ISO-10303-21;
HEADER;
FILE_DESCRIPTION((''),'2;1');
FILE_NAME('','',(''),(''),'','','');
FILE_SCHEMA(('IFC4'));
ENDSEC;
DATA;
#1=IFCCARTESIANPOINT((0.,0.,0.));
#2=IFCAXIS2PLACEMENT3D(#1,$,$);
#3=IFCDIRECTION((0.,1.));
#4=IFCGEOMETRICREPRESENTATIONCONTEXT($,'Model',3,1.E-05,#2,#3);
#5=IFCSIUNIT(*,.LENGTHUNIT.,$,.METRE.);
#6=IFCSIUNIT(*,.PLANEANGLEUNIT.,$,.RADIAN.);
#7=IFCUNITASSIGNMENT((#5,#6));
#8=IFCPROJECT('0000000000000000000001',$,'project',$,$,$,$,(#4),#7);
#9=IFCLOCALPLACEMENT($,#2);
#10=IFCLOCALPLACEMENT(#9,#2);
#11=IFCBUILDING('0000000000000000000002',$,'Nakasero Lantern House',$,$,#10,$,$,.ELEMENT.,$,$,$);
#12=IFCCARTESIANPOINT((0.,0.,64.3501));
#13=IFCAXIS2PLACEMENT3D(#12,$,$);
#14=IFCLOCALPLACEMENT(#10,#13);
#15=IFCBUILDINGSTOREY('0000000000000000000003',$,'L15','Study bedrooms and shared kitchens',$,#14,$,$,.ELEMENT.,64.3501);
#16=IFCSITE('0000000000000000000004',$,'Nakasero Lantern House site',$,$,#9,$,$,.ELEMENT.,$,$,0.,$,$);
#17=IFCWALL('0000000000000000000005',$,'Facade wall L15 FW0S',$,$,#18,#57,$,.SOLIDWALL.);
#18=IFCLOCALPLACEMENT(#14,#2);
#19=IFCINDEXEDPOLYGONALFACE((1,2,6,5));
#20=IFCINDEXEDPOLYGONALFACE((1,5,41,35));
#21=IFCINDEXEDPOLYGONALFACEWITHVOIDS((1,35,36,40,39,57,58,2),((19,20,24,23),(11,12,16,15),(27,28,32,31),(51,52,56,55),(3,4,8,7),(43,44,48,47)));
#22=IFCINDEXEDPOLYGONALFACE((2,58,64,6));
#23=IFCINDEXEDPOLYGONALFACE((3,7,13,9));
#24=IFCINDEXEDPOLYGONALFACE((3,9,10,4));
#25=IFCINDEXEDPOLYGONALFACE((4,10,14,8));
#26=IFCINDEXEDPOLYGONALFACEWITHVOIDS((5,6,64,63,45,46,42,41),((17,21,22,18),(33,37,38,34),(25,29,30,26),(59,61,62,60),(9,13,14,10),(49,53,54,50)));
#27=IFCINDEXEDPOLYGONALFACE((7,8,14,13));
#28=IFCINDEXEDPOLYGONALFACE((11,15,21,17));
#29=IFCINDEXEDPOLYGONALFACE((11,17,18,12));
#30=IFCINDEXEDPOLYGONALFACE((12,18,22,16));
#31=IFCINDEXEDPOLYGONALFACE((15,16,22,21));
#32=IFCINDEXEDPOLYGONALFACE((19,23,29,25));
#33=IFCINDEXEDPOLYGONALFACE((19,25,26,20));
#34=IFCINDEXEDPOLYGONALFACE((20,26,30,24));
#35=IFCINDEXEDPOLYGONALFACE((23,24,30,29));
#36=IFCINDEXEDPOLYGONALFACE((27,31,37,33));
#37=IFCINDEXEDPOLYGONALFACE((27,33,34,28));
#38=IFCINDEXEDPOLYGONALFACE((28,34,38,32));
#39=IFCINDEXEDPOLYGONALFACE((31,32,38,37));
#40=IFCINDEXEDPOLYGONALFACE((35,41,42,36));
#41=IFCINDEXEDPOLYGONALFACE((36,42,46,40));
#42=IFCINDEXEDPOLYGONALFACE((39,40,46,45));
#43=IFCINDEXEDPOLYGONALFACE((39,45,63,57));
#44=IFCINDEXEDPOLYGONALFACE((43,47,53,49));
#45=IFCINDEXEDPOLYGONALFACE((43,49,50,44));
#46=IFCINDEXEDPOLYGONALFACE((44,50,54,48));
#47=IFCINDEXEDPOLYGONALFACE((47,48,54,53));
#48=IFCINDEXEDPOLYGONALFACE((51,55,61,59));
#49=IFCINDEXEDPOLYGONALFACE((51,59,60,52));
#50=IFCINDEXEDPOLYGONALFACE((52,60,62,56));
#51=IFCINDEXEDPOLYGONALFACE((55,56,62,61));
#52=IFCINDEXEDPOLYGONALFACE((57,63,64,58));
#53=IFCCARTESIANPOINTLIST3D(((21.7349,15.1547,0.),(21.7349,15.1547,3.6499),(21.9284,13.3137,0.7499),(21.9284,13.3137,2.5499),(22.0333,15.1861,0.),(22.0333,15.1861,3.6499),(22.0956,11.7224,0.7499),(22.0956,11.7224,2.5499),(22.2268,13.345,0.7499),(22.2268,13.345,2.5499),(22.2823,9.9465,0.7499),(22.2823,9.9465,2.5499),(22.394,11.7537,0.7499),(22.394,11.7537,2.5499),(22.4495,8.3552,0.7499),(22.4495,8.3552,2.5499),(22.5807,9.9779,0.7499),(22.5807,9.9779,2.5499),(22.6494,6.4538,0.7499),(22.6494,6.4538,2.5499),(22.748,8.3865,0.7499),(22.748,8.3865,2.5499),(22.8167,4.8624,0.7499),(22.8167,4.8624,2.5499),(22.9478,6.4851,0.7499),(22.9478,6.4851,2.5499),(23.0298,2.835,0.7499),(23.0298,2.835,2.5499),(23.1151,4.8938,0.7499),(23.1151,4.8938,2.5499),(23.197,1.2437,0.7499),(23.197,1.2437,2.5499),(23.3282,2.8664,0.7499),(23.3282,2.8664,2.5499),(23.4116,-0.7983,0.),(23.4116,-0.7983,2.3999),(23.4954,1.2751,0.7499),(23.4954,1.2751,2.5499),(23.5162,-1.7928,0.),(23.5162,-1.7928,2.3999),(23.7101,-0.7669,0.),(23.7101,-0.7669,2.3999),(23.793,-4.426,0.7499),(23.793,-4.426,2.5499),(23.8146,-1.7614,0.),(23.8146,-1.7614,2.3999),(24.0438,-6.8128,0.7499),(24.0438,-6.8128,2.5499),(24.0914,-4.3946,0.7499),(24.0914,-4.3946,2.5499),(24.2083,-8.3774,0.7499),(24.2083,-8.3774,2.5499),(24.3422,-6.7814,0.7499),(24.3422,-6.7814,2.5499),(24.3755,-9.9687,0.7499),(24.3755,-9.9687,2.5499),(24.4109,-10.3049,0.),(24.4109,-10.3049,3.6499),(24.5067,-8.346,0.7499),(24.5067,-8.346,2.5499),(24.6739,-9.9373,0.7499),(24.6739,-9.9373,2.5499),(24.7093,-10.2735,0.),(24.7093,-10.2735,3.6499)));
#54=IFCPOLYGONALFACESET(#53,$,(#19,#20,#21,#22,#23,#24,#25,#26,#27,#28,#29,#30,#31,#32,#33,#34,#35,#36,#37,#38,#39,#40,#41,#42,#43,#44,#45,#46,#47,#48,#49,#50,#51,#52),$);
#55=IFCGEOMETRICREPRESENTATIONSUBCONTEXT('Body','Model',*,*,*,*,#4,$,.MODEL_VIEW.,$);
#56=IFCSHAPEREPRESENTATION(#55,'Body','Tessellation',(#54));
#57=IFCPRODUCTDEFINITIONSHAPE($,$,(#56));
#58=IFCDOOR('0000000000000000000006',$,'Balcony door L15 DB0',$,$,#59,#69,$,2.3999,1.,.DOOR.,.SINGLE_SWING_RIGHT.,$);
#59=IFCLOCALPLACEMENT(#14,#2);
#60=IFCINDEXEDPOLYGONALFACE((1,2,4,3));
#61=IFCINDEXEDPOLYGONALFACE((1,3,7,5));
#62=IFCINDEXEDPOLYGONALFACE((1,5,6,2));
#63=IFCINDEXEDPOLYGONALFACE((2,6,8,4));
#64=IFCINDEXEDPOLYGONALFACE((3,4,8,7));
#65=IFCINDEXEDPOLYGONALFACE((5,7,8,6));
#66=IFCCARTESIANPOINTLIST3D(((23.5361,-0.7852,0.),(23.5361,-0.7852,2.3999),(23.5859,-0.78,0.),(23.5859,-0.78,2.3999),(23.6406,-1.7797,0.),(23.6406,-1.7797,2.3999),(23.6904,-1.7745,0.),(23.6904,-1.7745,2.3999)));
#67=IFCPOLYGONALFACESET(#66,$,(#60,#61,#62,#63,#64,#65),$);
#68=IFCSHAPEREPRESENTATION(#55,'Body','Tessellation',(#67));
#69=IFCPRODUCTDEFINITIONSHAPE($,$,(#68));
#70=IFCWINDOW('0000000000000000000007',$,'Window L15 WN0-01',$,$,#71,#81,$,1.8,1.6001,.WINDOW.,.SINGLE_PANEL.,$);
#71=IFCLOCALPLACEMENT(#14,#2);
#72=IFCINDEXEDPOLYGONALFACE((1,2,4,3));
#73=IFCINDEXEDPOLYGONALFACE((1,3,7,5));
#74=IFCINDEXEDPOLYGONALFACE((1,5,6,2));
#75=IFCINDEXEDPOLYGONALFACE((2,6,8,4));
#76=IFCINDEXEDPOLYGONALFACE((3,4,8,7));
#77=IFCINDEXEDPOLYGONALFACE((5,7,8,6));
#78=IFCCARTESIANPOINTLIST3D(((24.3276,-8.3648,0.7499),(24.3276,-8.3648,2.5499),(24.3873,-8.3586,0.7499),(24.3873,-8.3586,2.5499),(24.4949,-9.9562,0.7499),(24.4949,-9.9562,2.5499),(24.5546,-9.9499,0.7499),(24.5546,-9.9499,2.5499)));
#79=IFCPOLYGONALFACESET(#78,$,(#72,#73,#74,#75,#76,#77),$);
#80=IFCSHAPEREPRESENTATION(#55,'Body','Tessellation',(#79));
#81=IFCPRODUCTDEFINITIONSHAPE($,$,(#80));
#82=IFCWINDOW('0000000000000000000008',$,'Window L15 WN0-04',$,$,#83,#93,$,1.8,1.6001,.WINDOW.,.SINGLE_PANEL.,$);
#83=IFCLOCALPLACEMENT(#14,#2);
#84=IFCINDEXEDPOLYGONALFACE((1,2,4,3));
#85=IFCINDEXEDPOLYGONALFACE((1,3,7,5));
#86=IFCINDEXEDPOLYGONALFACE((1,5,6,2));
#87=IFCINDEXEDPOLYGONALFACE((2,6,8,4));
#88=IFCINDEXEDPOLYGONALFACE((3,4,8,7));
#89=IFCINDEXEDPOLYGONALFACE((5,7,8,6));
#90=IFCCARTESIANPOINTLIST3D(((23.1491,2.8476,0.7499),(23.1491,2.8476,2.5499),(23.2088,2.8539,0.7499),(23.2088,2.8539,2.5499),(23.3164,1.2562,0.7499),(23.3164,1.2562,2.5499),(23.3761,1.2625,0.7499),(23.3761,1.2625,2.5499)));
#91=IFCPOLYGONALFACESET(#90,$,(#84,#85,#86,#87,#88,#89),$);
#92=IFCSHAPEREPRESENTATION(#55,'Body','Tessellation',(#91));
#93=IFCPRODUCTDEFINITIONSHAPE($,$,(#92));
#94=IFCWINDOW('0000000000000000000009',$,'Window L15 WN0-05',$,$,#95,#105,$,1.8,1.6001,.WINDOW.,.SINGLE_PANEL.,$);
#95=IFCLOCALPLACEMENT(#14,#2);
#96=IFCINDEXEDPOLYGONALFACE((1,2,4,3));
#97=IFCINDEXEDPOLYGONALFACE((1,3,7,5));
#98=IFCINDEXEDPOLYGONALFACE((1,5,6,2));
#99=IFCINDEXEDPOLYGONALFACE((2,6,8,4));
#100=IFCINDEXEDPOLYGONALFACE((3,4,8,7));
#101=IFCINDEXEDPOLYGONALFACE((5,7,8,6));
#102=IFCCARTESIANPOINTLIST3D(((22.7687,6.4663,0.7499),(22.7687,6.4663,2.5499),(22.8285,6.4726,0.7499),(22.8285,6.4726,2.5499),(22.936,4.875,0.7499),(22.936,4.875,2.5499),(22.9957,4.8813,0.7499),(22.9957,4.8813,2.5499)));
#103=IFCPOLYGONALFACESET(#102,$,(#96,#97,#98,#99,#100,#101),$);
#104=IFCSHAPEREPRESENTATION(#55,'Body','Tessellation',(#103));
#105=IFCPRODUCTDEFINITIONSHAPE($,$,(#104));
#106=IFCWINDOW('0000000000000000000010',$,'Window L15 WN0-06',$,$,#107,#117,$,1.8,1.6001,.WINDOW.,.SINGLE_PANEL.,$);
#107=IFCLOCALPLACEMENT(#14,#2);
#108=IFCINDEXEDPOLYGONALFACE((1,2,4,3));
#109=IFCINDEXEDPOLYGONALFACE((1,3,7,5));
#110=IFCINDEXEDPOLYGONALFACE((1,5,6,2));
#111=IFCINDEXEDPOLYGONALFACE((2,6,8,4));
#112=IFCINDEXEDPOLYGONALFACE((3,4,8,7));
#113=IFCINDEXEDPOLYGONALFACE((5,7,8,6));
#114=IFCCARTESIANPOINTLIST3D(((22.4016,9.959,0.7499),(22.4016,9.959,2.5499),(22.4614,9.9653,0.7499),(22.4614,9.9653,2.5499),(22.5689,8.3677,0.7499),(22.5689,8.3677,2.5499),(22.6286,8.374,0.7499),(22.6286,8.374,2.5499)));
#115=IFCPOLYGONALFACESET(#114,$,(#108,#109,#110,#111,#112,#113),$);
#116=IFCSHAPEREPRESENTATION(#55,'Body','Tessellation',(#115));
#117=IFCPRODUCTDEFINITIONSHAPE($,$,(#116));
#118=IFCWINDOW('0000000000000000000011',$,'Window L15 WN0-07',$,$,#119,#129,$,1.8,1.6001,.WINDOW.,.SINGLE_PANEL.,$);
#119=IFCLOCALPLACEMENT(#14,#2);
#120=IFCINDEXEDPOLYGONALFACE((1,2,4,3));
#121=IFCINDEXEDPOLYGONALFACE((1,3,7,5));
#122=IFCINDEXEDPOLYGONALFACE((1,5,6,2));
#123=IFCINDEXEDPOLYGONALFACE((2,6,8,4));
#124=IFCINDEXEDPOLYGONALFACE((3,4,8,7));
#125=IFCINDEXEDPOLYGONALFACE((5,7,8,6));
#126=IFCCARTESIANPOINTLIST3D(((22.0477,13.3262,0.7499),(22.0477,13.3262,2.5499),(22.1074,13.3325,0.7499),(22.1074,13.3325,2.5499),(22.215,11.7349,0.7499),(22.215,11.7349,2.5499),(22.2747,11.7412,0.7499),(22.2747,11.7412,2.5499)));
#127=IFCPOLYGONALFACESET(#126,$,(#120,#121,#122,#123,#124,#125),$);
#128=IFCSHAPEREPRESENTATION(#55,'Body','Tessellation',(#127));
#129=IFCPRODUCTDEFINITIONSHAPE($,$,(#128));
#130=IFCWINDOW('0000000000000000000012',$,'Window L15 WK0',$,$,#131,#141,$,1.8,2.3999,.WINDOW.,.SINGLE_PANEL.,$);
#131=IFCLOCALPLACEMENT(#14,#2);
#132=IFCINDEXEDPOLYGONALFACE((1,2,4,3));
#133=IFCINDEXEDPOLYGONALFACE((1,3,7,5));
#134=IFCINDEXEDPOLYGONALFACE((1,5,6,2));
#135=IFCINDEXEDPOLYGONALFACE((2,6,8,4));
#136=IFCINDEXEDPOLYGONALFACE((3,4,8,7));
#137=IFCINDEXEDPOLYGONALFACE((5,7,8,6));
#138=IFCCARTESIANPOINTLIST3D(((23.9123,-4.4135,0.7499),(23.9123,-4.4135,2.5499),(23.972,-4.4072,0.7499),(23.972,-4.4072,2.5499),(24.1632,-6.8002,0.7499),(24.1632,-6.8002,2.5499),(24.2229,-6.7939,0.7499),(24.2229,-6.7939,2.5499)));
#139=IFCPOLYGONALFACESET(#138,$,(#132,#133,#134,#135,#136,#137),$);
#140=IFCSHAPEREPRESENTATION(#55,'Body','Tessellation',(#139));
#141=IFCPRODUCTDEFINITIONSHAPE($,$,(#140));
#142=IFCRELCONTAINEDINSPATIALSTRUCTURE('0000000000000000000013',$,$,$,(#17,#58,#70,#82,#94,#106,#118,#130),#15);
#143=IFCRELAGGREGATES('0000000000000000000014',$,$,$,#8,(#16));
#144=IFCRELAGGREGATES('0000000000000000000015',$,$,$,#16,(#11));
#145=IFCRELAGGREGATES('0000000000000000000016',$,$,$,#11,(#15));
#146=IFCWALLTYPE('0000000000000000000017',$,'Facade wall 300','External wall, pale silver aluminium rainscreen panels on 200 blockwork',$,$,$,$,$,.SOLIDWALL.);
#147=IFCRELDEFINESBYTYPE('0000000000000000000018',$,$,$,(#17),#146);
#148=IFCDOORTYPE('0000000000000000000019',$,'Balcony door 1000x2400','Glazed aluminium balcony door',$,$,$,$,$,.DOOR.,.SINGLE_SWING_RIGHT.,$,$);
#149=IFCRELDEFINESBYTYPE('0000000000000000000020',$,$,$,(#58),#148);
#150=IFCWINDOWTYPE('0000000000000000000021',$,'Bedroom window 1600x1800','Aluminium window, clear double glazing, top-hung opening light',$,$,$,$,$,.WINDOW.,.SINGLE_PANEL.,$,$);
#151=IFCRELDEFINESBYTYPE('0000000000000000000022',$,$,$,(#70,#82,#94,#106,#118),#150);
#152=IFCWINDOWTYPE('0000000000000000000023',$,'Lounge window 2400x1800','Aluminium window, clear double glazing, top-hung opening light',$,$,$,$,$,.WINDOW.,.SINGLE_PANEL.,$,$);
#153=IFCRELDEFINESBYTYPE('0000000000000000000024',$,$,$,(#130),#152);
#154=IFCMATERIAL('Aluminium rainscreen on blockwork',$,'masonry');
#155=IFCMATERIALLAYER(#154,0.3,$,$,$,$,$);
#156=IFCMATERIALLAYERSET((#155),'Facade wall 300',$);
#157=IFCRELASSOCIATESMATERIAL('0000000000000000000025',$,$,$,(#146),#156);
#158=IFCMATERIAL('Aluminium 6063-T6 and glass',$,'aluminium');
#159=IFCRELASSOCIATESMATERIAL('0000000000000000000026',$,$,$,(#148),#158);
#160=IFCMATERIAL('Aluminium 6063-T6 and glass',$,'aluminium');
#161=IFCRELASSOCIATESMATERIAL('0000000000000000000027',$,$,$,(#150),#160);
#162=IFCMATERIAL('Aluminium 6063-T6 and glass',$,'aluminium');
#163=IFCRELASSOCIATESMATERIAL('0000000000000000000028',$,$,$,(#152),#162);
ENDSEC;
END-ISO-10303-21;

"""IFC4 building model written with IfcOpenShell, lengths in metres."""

from ifc_helpers import new_model, si_unit, direction, frame, frame_2d, origin, place, context, subcontext, project, spatial, rectangle, extrude, material, layer, layer_set, type_object, element, fill, save


model = new_model("IFC4")

# Units and contexts
model_context = context("Model", 3, precision=1e-05, world=origin(), true_north=direction((0.0, 1.0)))
body_context = subcontext(model_context, "Body", "Model", "MODEL_VIEW")
ifc_project = project(units=[si_unit("LENGTHUNIT", "METRE"), si_unit("PLANEANGLEUNIT", "RADIAN")], contexts=[model_context])

# Site, building, storey
site_placement = place(None, origin())
site = spatial("IfcSite", under=ifc_project, at=site_placement, Name="Nakasero Lantern House site", CompositionType="ELEMENT", RefElevation=0.0)
building_placement = place(site_placement, origin())
building = spatial("IfcBuilding", under=site, at=building_placement, Name="Nakasero Lantern House", CompositionType="ELEMENT")
storey_placement = place(building_placement, frame((0.0, 0.0, 64.3501)))
storey = spatial("IfcBuildingStorey", under=building, at=storey_placement, Name="L15", Description="Study bedrooms and shared kitchens", CompositionType="ELEMENT", Elevation=64.3501)

# Wall, openings, door, windows
ifc_material_1 = material(Name="Aluminium rainscreen on blockwork", Category="masonry")
ifc_layer_1 = layer(ifc_material_1, 0.3)
ifc_layer_set_1 = layer_set([ifc_layer_1], Name="Facade wall 300")
wall_type_1 = type_object("IfcWallType", Name="Facade wall 300", Description="External wall, pale silver aluminium rainscreen panels on 200 blockwork", PredefinedType="SOLIDWALL", material=ifc_layer_set_1)
wall_1_placement = place(storey_placement, frame((24.5601, -10.2891, 0.0), z_axis=(0.0, 0.0, 1.0), x_axis=(-0.104532, 0.994521, 0.0)))
wall_1 = element("IfcWall", 1, at=wall_1_placement, inside=storey, type_object=wall_type_1, Name="Facade wall L15 FW0S", PredefinedType="SOLIDWALL", context=body_context, shape_type="SweptSolid", body=[
    extrude(rectangle(XDim=25.5999, YDim=0.3, at=frame_2d((12.7998, 0.0))), origin(), (0.0, 0.0, 1.0), 3.6499),
])
opening_1_placement = place(wall_1_placement, frame((0.3379, 0.0, 0.75)))
opening_1 = element("IfcOpeningElement", 2, at=opening_1_placement, cuts=wall_1, PredefinedType="OPENING", context=body_context, shape_type="SweptSolid", body=[
    extrude(rectangle(XDim=1.6001, YDim=1.8, at=frame_2d((0.8, 0.8999))), frame((0.0, 0.1699, 0.0), z_axis=(0.0, -1.0, 0.0), x_axis=(1.0, 0.0, 0.0)), (0.0, 0.0, 1.0), 0.3401),
])
opening_2_placement = place(wall_1_placement, frame((11.6121, 0.0, 0.75)))
opening_2 = element("IfcOpeningElement", 3, at=opening_2_placement, cuts=wall_1, PredefinedType="OPENING", context=body_context, shape_type="SweptSolid", body=[
    extrude(rectangle(XDim=1.6001, YDim=1.8, at=frame_2d((0.8, 0.8999))), frame((0.0, 0.1699, 0.0), z_axis=(0.0, -1.0, 0.0), x_axis=(1.0, 0.0, 0.0)), (0.0, 0.0, 1.0), 0.3401),
])
opening_3_placement = place(wall_1_placement, frame((15.2507, 0.0, 0.75)))
opening_3 = element("IfcOpeningElement", 4, at=opening_3_placement, cuts=wall_1, PredefinedType="OPENING", context=body_context, shape_type="SweptSolid", body=[
    extrude(rectangle(XDim=1.6001, YDim=1.8, at=frame_2d((0.8, 0.8999))), frame((0.0, 0.1699, 0.0), z_axis=(0.0, -1.0, 0.0), x_axis=(1.0, 0.0, 0.0)), (0.0, 0.0, 1.0), 0.3401),
])
opening_4_placement = place(wall_1_placement, frame((18.7627, 0.0, 0.75)))
opening_4 = element("IfcOpeningElement", 5, at=opening_4_placement, cuts=wall_1, PredefinedType="OPENING", context=body_context, shape_type="SweptSolid", body=[
    extrude(rectangle(XDim=1.6001, YDim=1.8, at=frame_2d((0.8, 0.8999))), frame((0.0, 0.1699, 0.0), z_axis=(0.0, -1.0, 0.0), x_axis=(1.0, 0.0, 0.0)), (0.0, 0.0, 1.0), 0.3401),
])
opening_5_placement = place(wall_1_placement, frame((22.1484, 0.0, 0.75)))
opening_5 = element("IfcOpeningElement", 6, at=opening_5_placement, cuts=wall_1, PredefinedType="OPENING", context=body_context, shape_type="SweptSolid", body=[
    extrude(rectangle(XDim=1.6001, YDim=1.8, at=frame_2d((0.8, 0.8999))), frame((0.0, 0.1699, 0.0), z_axis=(0.0, -1.0, 0.0), x_axis=(1.0, 0.0, 0.0)), (0.0, 0.0, 1.0), 0.3401),
])
opening_6_placement = place(wall_1_placement, frame((3.5112, 0.0, 0.75)))
opening_6 = element("IfcOpeningElement", 7, at=opening_6_placement, cuts=wall_1, PredefinedType="OPENING", context=body_context, shape_type="SweptSolid", body=[
    extrude(rectangle(XDim=2.3999, YDim=1.8, at=frame_2d((1.2, 0.8999))), frame((0.0, 0.1699, 0.0), z_axis=(0.0, -1.0, 0.0), x_axis=(1.0, 0.0, 0.0)), (0.0, 0.0, 1.0), 0.3401),
])
opening_7_placement = place(wall_1_placement, frame((8.5588, 0.0, 0.0)))
opening_7 = element("IfcOpeningElement", 8, at=opening_7_placement, cuts=wall_1, PredefinedType="OPENING", context=body_context, shape_type="SweptSolid", body=[
    extrude(rectangle(XDim=1.0, YDim=2.3999, at=frame_2d((0.5, 1.2))), frame((0.0, 0.1699, 0.0), z_axis=(0.0, -1.0, 0.0), x_axis=(1.0, 0.0, 0.0)), (0.0, 0.0, 1.0), 0.3401),
])
ifc_material_2 = material(Name="Aluminium 6063-T6 and glass", Category="aluminium")
door_type_1 = type_object("IfcDoorType", Name="Balcony door 1000x2400", Description="Glazed aluminium balcony door", OperationType="SINGLE_SWING_RIGHT", PredefinedType="DOOR", material=ifc_material_2)
door_1_placement = place(opening_7_placement, origin())
door_1 = element("IfcDoor", 9, at=door_1_placement, inside=storey, type_object=door_type_1, Name="Balcony door L15 DB0", OperationType="SINGLE_SWING_RIGHT", OverallHeight=2.3999, OverallWidth=1.0, PredefinedType="DOOR", context=body_context, shape_type="SweptSolid", body=[
    extrude(rectangle(XDim=1.0, YDim=2.3999, at=frame_2d((0.5, 1.2))), frame((0.0, 0.0249, 0.0), z_axis=(0.0, -1.0, 0.0), x_axis=(1.0, 0.0, 0.0)), (0.0, 0.0, 1.0), 0.05),
])
fill(opening_7, door_1)
ifc_material_3 = material(Name="Aluminium 6063-T6 and glass", Category="aluminium")
window_type_1 = type_object("IfcWindowType", Name="Bedroom window 1600x1800", Description="Aluminium window, clear double glazing, top-hung opening light", PartitioningType="SINGLE_PANEL", PredefinedType="WINDOW", material=ifc_material_3)
window_1_placement = place(opening_1_placement, origin())
window_1 = element("IfcWindow", 10, at=window_1_placement, inside=storey, type_object=window_type_1, Name="Window L15 WN0-01", OverallHeight=1.8, OverallWidth=1.6001, PartitioningType="SINGLE_PANEL", PredefinedType="WINDOW", context=body_context, shape_type="SweptSolid", body=[
    extrude(rectangle(XDim=1.6001, YDim=1.8, at=frame_2d((0.8, 0.8999))), frame((0.0, 0.03, 0.0), z_axis=(0.0, -1.0, 0.0), x_axis=(1.0, 0.0, 0.0)), (0.0, 0.0, 1.0), 0.0601),
])
fill(opening_1, window_1)
window_2_placement = place(opening_2_placement, origin())
window_2 = element("IfcWindow", 11, at=window_2_placement, inside=storey, type_object=window_type_1, Name="Window L15 WN0-04", OverallHeight=1.8, OverallWidth=1.6001, PartitioningType="SINGLE_PANEL", PredefinedType="WINDOW", context=body_context, shape_type="SweptSolid", body=[
    extrude(rectangle(XDim=1.6001, YDim=1.8, at=frame_2d((0.8, 0.8999))), frame((0.0, 0.03, 0.0), z_axis=(0.0, -1.0, 0.0), x_axis=(1.0, 0.0, 0.0)), (0.0, 0.0, 1.0), 0.0601),
])
fill(opening_2, window_2)
window_3_placement = place(opening_3_placement, origin())
window_3 = element("IfcWindow", 12, at=window_3_placement, inside=storey, type_object=window_type_1, Name="Window L15 WN0-05", OverallHeight=1.8, OverallWidth=1.6001, PartitioningType="SINGLE_PANEL", PredefinedType="WINDOW", context=body_context, shape_type="SweptSolid", body=[
    extrude(rectangle(XDim=1.6001, YDim=1.8, at=frame_2d((0.8, 0.8999))), frame((0.0, 0.03, 0.0), z_axis=(0.0, -1.0, 0.0), x_axis=(1.0, 0.0, 0.0)), (0.0, 0.0, 1.0), 0.0601),
])
fill(opening_3, window_3)
window_4_placement = place(opening_4_placement, origin())
window_4 = element("IfcWindow", 13, at=window_4_placement, inside=storey, type_object=window_type_1, Name="Window L15 WN0-06", OverallHeight=1.8, OverallWidth=1.6001, PartitioningType="SINGLE_PANEL", PredefinedType="WINDOW", context=body_context, shape_type="SweptSolid", body=[
    extrude(rectangle(XDim=1.6001, YDim=1.8, at=frame_2d((0.8, 0.8999))), frame((0.0, 0.03, 0.0), z_axis=(0.0, -1.0, 0.0), x_axis=(1.0, 0.0, 0.0)), (0.0, 0.0, 1.0), 0.0601),
])
fill(opening_4, window_4)
window_5_placement = place(opening_5_placement, origin())
window_5 = element("IfcWindow", 14, at=window_5_placement, inside=storey, type_object=window_type_1, Name="Window L15 WN0-07", OverallHeight=1.8, OverallWidth=1.6001, PartitioningType="SINGLE_PANEL", PredefinedType="WINDOW", context=body_context, shape_type="SweptSolid", body=[
    extrude(rectangle(XDim=1.6001, YDim=1.8, at=frame_2d((0.8, 0.8999))), frame((0.0, 0.03, 0.0), z_axis=(0.0, -1.0, 0.0), x_axis=(1.0, 0.0, 0.0)), (0.0, 0.0, 1.0), 0.0601),
])
fill(opening_5, window_5)
ifc_material_4 = material(Name="Aluminium 6063-T6 and glass", Category="aluminium")
window_type_2 = type_object("IfcWindowType", Name="Lounge window 2400x1800", Description="Aluminium window, clear double glazing, top-hung opening light", PartitioningType="SINGLE_PANEL", PredefinedType="WINDOW", material=ifc_material_4)
window_6_placement = place(opening_6_placement, origin())
window_6 = element("IfcWindow", 15, at=window_6_placement, inside=storey, type_object=window_type_2, Name="Window L15 WK0", OverallHeight=1.8, OverallWidth=2.3999, PartitioningType="SINGLE_PANEL", PredefinedType="WINDOW", context=body_context, shape_type="SweptSolid", body=[
    extrude(rectangle(XDim=2.3999, YDim=1.8, at=frame_2d((1.2, 0.8999))), frame((0.0, 0.03, 0.0), z_axis=(0.0, -1.0, 0.0), x_axis=(1.0, 0.0, 0.0)), (0.0, 0.0, 1.0), 0.0601),
])
fill(opening_6, window_6)

save(model, "model.ifc")
